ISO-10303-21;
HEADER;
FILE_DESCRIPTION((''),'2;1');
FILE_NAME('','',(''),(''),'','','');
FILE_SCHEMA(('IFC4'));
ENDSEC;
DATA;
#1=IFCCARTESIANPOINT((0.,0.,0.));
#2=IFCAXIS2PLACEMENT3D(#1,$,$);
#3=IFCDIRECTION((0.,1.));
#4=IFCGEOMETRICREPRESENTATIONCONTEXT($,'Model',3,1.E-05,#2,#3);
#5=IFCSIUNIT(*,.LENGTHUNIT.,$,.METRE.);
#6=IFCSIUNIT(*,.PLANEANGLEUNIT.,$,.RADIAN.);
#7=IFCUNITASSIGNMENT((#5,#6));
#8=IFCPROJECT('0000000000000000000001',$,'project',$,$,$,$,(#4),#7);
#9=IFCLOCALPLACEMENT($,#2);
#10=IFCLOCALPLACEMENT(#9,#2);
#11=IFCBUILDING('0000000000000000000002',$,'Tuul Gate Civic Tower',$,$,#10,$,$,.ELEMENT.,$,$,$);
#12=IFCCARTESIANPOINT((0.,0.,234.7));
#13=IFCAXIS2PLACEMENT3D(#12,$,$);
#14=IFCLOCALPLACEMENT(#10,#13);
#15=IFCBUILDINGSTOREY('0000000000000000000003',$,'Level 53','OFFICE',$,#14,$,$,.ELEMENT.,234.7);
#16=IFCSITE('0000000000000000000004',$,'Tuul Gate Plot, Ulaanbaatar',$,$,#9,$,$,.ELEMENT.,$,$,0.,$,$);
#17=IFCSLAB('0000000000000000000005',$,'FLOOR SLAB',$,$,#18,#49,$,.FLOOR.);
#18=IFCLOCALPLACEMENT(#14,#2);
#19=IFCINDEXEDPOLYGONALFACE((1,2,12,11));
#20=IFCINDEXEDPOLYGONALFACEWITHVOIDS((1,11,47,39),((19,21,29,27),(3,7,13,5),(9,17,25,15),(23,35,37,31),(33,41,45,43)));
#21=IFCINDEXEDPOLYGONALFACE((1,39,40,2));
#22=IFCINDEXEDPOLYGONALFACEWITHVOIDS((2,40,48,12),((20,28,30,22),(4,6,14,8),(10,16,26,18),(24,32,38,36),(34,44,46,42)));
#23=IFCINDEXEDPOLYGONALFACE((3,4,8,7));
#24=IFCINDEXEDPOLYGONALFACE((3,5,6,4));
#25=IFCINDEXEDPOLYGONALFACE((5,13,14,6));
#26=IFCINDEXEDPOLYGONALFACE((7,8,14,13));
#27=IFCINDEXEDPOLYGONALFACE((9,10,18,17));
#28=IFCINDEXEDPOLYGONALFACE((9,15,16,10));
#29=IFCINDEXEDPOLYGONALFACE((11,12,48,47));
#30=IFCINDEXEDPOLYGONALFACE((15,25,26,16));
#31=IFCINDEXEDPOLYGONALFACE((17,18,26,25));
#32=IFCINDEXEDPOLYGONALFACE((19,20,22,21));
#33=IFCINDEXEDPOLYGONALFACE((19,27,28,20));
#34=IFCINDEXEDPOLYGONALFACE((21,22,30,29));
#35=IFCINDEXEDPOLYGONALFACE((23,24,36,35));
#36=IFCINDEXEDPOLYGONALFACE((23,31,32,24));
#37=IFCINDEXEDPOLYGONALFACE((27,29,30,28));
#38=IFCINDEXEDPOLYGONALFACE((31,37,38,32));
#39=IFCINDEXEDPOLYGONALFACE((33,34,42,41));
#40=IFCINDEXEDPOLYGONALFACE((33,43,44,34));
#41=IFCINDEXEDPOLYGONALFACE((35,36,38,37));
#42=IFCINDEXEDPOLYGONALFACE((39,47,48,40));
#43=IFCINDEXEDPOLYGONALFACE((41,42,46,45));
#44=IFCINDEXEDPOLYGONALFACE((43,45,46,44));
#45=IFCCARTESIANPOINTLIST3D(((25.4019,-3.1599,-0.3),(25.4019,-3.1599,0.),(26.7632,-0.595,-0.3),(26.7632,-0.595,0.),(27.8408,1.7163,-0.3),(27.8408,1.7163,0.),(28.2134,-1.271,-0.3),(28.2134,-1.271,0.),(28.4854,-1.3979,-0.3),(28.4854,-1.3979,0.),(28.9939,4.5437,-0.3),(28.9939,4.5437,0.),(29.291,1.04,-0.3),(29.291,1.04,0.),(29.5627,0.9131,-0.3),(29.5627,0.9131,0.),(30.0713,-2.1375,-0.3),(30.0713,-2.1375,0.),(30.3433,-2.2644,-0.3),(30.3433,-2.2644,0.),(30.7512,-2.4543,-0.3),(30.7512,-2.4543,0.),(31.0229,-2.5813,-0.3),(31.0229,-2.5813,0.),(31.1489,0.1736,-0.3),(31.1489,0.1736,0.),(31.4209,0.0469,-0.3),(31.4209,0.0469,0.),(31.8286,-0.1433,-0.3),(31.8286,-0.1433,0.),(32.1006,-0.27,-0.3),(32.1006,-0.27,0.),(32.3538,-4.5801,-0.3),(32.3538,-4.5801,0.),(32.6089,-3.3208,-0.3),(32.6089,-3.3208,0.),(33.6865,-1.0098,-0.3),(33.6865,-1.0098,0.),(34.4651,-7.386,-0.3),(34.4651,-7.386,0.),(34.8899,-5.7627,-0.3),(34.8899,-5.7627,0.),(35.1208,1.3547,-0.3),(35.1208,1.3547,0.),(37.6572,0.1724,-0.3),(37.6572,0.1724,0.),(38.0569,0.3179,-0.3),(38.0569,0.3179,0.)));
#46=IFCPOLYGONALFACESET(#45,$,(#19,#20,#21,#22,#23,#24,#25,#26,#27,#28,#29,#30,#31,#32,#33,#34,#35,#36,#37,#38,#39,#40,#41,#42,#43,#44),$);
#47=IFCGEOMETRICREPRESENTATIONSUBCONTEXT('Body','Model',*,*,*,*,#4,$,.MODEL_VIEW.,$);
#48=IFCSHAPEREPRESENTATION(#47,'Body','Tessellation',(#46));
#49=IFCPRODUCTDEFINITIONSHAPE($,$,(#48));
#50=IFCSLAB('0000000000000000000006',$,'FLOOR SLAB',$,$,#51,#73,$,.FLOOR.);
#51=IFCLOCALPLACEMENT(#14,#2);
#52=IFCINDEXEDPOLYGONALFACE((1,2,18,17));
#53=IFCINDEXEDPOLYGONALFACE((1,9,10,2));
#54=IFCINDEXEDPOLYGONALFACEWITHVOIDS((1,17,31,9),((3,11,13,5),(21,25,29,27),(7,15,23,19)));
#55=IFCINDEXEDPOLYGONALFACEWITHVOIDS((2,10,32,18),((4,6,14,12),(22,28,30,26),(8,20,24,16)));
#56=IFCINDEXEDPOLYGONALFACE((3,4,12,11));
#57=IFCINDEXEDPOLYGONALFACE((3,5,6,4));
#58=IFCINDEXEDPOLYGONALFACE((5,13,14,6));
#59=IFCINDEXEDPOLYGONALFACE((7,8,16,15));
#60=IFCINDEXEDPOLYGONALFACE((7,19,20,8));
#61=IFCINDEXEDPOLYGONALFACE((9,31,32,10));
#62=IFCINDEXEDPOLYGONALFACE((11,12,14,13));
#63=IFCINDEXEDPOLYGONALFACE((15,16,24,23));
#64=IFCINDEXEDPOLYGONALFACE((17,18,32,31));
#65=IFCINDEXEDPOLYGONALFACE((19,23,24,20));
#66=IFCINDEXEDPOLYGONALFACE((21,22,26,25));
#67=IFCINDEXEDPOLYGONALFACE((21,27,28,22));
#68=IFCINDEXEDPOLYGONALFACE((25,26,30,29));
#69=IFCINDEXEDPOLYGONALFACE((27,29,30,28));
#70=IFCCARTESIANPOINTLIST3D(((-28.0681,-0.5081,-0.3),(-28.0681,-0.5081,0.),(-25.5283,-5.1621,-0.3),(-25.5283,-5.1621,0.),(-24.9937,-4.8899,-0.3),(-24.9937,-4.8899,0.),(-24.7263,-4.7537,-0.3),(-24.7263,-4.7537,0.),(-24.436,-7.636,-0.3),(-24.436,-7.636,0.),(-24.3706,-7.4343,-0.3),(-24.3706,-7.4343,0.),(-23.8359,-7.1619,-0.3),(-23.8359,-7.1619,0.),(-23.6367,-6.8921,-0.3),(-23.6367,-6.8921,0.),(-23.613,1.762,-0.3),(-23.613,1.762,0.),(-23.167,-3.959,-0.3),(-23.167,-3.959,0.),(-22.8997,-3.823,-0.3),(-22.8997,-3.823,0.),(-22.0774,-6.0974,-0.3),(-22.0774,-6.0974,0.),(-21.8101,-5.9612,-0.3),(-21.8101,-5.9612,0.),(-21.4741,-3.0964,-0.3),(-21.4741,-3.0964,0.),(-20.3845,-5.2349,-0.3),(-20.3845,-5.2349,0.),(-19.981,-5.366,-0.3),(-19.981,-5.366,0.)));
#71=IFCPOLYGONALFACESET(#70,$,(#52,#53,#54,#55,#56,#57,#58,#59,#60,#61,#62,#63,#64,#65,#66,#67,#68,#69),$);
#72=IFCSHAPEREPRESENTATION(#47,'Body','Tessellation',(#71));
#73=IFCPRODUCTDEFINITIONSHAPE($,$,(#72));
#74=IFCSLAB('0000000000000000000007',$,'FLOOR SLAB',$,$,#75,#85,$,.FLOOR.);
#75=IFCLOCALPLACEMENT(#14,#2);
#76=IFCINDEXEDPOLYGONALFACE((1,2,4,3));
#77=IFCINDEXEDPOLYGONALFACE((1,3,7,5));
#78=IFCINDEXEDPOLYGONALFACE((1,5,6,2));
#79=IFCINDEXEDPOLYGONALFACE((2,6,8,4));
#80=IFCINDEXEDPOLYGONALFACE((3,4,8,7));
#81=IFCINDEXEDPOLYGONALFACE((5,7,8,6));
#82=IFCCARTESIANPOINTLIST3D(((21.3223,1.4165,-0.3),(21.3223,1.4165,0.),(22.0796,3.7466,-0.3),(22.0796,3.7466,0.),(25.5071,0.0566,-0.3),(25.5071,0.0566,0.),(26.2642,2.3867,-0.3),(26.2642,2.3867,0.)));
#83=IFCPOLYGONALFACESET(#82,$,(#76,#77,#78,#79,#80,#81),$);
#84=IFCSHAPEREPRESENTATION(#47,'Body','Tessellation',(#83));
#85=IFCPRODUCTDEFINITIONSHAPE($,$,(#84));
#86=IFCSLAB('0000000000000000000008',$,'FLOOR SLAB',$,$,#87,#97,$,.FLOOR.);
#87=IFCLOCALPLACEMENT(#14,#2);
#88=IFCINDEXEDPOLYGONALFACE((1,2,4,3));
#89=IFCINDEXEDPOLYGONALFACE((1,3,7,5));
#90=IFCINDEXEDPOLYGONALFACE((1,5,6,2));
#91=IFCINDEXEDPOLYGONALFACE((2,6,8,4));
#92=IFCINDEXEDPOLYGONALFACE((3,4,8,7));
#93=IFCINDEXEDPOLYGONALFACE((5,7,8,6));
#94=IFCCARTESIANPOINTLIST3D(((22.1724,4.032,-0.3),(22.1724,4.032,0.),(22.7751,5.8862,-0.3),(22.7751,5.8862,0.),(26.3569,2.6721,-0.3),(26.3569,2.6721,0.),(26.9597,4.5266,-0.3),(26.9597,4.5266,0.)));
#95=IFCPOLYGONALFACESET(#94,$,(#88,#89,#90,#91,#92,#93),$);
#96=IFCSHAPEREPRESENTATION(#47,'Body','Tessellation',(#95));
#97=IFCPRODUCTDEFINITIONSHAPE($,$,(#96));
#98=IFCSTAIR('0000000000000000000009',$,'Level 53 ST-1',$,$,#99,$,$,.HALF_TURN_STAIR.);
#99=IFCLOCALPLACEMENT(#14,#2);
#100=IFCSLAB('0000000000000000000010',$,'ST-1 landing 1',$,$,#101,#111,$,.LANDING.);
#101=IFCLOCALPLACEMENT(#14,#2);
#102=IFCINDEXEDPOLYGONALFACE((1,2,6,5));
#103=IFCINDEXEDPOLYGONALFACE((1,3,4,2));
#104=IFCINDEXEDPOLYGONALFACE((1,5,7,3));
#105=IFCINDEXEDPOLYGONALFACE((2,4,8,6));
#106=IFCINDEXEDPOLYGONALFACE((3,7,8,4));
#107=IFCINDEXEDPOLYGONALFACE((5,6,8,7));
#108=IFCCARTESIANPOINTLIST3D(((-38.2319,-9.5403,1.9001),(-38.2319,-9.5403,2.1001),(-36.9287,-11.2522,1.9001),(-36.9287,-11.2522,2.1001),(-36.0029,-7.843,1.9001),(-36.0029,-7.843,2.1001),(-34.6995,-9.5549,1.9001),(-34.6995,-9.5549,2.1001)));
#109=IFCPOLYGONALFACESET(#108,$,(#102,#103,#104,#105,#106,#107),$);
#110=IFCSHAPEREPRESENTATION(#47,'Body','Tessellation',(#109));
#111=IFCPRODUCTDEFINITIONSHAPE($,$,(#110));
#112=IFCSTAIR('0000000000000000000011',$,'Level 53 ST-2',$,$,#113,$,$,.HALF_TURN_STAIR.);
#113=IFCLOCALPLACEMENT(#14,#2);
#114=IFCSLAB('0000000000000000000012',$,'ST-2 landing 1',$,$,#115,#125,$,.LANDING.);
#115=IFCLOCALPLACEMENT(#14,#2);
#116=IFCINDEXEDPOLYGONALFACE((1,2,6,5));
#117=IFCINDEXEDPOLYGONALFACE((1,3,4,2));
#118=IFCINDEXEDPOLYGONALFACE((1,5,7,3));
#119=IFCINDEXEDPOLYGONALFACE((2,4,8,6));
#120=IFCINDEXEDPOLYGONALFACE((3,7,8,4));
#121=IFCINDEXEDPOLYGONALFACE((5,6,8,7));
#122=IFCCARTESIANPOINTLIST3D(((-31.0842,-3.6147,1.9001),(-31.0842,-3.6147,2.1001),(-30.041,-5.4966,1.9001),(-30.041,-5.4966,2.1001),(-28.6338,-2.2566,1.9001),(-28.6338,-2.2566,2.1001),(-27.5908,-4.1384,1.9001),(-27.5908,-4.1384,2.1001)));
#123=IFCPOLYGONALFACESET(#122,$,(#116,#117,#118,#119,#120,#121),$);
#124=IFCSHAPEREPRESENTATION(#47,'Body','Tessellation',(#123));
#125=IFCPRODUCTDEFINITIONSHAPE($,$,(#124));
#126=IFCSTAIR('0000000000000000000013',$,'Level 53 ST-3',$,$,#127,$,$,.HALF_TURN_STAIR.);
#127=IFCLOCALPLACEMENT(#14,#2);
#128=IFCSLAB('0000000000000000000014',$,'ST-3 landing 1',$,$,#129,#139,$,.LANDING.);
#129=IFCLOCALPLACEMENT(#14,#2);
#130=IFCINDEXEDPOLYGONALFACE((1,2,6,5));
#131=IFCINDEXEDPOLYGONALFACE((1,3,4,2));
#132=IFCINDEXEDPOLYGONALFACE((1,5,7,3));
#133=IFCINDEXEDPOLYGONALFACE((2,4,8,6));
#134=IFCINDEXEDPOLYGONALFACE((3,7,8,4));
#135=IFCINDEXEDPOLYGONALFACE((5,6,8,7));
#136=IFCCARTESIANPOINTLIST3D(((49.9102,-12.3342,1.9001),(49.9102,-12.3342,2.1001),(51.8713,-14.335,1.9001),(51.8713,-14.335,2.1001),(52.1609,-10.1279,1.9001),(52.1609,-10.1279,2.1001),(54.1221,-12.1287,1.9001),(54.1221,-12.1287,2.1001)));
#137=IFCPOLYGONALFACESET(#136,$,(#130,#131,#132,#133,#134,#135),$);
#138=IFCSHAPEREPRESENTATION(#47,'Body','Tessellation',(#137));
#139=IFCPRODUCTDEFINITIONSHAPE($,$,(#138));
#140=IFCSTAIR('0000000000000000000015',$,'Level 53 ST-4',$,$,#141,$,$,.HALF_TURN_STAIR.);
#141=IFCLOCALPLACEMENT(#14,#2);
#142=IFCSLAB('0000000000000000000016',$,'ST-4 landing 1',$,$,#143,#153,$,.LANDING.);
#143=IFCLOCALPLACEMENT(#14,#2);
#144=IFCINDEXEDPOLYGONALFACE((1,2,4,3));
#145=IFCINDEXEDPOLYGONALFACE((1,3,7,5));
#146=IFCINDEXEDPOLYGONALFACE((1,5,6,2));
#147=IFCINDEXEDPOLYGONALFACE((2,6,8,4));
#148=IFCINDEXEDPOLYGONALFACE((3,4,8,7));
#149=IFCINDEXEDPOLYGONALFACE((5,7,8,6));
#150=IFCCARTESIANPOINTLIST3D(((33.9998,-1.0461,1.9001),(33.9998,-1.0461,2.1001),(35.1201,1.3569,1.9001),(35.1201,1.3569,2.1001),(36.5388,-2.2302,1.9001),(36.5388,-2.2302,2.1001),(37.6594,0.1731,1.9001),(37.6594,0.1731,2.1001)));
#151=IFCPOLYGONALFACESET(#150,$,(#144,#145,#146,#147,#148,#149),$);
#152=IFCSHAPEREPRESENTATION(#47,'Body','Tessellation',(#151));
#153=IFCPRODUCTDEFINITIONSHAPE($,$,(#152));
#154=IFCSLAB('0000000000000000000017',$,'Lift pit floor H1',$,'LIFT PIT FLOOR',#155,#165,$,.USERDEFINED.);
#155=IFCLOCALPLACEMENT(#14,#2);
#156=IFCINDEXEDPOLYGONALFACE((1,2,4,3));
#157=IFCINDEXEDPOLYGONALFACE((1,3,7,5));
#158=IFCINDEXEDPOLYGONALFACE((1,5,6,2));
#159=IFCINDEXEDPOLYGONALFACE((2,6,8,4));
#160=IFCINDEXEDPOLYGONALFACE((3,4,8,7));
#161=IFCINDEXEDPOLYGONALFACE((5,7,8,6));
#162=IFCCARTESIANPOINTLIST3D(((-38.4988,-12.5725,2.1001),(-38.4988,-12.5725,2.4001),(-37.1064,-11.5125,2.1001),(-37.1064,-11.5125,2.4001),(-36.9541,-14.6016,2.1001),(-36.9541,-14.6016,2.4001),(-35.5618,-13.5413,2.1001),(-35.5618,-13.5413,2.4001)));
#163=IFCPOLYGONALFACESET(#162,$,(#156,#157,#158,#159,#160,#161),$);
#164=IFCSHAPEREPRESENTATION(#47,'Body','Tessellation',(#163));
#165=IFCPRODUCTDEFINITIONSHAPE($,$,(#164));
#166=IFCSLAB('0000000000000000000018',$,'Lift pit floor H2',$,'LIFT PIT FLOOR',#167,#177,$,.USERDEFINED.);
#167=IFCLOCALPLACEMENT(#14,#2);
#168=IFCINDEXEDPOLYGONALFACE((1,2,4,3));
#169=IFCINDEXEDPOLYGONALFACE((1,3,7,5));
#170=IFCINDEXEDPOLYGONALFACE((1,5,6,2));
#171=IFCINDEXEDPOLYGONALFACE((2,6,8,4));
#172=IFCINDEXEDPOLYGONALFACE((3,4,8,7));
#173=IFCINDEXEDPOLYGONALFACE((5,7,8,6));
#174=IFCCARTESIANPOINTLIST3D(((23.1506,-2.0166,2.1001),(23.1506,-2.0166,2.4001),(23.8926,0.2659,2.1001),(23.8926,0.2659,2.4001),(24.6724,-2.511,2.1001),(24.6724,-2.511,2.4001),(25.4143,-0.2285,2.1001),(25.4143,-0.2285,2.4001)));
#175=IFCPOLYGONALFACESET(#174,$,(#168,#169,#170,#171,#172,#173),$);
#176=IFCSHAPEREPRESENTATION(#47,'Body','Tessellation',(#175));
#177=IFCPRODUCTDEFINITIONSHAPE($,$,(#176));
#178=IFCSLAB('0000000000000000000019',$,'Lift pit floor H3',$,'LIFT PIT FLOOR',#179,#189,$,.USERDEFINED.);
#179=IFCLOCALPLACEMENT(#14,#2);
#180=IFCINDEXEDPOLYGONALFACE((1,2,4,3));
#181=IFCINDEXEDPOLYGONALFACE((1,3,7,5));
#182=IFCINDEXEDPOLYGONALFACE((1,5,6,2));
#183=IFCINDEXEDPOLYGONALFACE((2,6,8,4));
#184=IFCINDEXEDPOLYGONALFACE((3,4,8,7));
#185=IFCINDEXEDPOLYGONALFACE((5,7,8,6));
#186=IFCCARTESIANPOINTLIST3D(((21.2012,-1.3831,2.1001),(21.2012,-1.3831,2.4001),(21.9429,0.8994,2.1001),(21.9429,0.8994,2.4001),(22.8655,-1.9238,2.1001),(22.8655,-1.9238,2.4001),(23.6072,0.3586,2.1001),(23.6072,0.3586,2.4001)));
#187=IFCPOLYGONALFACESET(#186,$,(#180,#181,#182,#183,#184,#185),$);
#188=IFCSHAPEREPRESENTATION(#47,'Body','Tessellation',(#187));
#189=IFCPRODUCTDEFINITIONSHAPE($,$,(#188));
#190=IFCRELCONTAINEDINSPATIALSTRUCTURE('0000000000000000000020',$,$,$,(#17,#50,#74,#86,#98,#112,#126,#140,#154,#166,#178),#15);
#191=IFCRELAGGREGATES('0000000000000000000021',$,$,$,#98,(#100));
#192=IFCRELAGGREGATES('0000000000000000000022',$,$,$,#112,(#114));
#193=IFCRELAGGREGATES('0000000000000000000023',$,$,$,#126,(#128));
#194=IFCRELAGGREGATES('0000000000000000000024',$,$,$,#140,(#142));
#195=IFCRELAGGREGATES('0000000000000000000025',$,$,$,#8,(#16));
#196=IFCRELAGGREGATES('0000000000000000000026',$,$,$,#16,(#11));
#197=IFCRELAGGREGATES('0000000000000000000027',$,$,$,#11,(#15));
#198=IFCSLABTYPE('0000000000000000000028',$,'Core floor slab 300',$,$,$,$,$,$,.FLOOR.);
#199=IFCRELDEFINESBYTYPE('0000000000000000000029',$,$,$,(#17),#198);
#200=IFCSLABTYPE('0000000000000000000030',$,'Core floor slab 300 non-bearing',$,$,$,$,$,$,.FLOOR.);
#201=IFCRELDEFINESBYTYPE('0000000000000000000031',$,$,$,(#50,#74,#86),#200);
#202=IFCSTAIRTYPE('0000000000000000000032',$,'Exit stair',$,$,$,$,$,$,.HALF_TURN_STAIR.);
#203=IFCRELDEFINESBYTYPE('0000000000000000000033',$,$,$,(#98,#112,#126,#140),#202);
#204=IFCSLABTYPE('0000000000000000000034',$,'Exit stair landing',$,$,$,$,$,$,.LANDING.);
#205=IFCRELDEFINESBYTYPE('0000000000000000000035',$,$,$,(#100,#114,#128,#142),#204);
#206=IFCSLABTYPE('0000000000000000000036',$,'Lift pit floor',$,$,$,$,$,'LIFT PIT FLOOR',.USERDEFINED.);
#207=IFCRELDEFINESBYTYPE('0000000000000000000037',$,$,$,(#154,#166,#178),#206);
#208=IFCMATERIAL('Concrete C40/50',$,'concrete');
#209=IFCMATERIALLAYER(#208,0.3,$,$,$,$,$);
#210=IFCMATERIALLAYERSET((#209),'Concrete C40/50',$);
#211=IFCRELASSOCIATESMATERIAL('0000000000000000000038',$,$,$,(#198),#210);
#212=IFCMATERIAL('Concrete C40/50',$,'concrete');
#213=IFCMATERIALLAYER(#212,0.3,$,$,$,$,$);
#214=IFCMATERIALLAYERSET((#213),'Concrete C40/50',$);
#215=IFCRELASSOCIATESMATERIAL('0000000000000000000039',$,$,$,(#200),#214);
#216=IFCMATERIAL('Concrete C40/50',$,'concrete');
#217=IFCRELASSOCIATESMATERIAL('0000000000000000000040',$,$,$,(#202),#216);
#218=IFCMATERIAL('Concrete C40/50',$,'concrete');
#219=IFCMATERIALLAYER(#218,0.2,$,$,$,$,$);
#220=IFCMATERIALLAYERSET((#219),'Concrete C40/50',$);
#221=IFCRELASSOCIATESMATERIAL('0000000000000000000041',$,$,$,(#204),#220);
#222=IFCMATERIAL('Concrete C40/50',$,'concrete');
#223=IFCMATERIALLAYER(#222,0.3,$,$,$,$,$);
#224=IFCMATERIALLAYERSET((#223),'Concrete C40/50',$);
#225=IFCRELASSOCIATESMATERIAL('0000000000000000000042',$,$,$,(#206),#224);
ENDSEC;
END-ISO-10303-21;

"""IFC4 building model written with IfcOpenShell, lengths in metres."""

from ifc_helpers import new_model, si_unit, direction, frame, origin, place, context, subcontext, project, spatial, polyline, outline, extrude, material, layer, layer_set, type_object, element, aggregate, save


model = new_model("IFC4")

# Units and contexts
model_context = context("Model", 3, precision=1e-05, world=origin(), true_north=direction((0.0, 1.0)))
body_context = subcontext(model_context, "Body", "Model", "MODEL_VIEW")
ifc_project = project(units=[si_unit("LENGTHUNIT", "METRE"), si_unit("PLANEANGLEUNIT", "RADIAN")], contexts=[model_context])

# Site, building, storey
site_placement = place(None, origin())
site = spatial("IfcSite", under=ifc_project, at=site_placement, Name="Tuul Gate Plot, Ulaanbaatar", CompositionType="ELEMENT", RefElevation=0.0)
building_placement = place(site_placement, origin())
building = spatial("IfcBuilding", under=site, at=building_placement, Name="Tuul Gate Civic Tower", CompositionType="ELEMENT")
storey_placement = place(building_placement, frame((0.0, 0.0, 234.7)))
storey = spatial("IfcBuildingStorey", under=building, at=storey_placement, Name="Level 53", Description="OFFICE", CompositionType="ELEMENT", Elevation=234.7)

# Slabs
ifc_material_1 = material(Name="Concrete C40/50", Category="concrete")
ifc_layer_1 = layer(ifc_material_1, 0.3)
ifc_layer_set_1 = layer_set([ifc_layer_1], Name="Concrete C40/50")
slab_type_1 = type_object("IfcSlabType", Name="Core floor slab 300", PredefinedType="FLOOR", material=ifc_layer_set_1)
slab_1_placement = place(storey_placement, frame((0.0, 0.0, -0.3)))
element("IfcSlab", 1, at=slab_1_placement, inside=storey, type_object=slab_type_1, Name="FLOOR SLAB", PredefinedType="FLOOR", context=body_context, shape_type="SweptSolid", body=[
    extrude(outline(polyline([(34.4651, -7.386), (38.0569, 0.3179), (28.9939, 4.5437), (25.4019, -3.1599), (34.4651, -7.386)]), holes=[polyline([(32.6089, -3.3208), (33.6865, -1.0098), (32.1006, -0.27), (31.0229, -2.5813), (32.6089, -3.3208)]), polyline([(30.0713, -2.1375), (31.1489, 0.1736), (29.5627, 0.9131), (28.4854, -1.3979), (30.0713, -2.1375)]), polyline([(30.7512, -2.4543), (31.8286, -0.1433), (31.4209, 0.0469), (30.3433, -2.2644), (30.7512, -2.4543)]), polyline([(28.2134, -1.271), (29.291, 1.04), (27.8408, 1.7163), (26.7632, -0.595), (28.2134, -1.271)]), polyline([(34.8899, -5.7627), (32.3538, -4.5801), (35.1208, 1.3547), (37.6572, 0.1724), (34.8899, -5.7627)])]), origin(), (0.0, 0.0, 1.0), 0.3),
])
ifc_material_2 = material(Name="Concrete C40/50", Category="concrete")
ifc_layer_2 = layer(ifc_material_2, 0.3)
ifc_layer_set_2 = layer_set([ifc_layer_2], Name="Concrete C40/50")
slab_type_2 = type_object("IfcSlabType", Name="Core floor slab 300 non-bearing", PredefinedType="FLOOR", material=ifc_layer_set_2)
slab_2_placement = place(storey_placement, frame((0.0, 0.0, -0.3)))
element("IfcSlab", 2, at=slab_2_placement, inside=storey, type_object=slab_type_2, Name="FLOOR SLAB", PredefinedType="FLOOR", context=body_context, shape_type="SweptSolid", body=[
    extrude(outline(polyline([(-19.981, -5.366), (-23.613, 1.762), (-28.0681, -0.5081), (-24.436, -7.636), (-19.981, -5.366)]), holes=[polyline([(-20.3845, -5.2349), (-21.4741, -3.0964), (-22.8997, -3.823), (-21.8101, -5.9612), (-20.3845, -5.2349)]), polyline([(-22.0774, -6.0974), (-23.167, -3.959), (-24.7263, -4.7537), (-23.6367, -6.8921), (-22.0774, -6.0974)]), polyline([(-23.8359, -7.1619), (-24.9937, -4.8899), (-25.5283, -5.1621), (-24.3706, -7.4343), (-23.8359, -7.1619)])]), origin(), (0.0, 0.0, 1.0), 0.3),
])
slab_3_placement = place(storey_placement, frame((0.0, 0.0, -0.3)))
element("IfcSlab", 3, at=slab_3_placement, inside=storey, type_object=slab_type_2, Name="FLOOR SLAB", PredefinedType="FLOOR", context=body_context, shape_type="SweptSolid", body=[
    extrude(outline(polyline([(21.3223, 1.4165), (22.0796, 3.7466), (26.2642, 2.3867), (25.5071, 0.0566), (21.3223, 1.4165)])), origin(), (0.0, 0.0, 1.0), 0.3),
])
slab_4_placement = place(storey_placement, frame((0.0, 0.0, -0.3)))
element("IfcSlab", 4, at=slab_4_placement, inside=storey, type_object=slab_type_2, Name="FLOOR SLAB", PredefinedType="FLOOR", context=body_context, shape_type="SweptSolid", body=[
    extrude(outline(polyline([(26.3569, 2.6721), (22.1724, 4.032), (22.7751, 5.8862), (26.9597, 4.5266), (26.3569, 2.6721)])), origin(), (0.0, 0.0, 1.0), 0.3),
])

# Stairs, slabs
ifc_material_3 = material(Name="Concrete C40/50", Category="concrete")
stair_type = type_object("IfcStairType", Name="Exit stair", PredefinedType="HALF_TURN_STAIR", material=ifc_material_3)
stair_1_placement = place(storey_placement, origin())
stair_1 = element("IfcStair", 5, at=stair_1_placement, inside=storey, type_object=stair_type, Name="Level 53 ST-1", PredefinedType="HALF_TURN_STAIR")
ifc_material_4 = material(Name="Concrete C40/50", Category="concrete")
ifc_layer_3 = layer(ifc_material_4, 0.2)
ifc_layer_set_3 = layer_set([ifc_layer_3], Name="Concrete C40/50")
slab_type_3 = type_object("IfcSlabType", Name="Exit stair landing", PredefinedType="LANDING", material=ifc_layer_set_3)
slab_5_placement = place(storey_placement, frame((0.0, 0.0, 1.9001)))
slab_5 = element("IfcSlab", 6, at=slab_5_placement, type_object=slab_type_3, Name="ST-1 landing 1", PredefinedType="LANDING", context=body_context, shape_type="SweptSolid", body=[
    extrude(outline(polyline([(-34.6995, -9.5549), (-36.9287, -11.2522), (-38.2319, -9.5403), (-36.0029, -7.843), (-34.6995, -9.5549)])), origin(), (0.0, 0.0, 1.0), 0.2),
])
aggregate(stair_1, [slab_5])
stair_2_placement = place(storey_placement, origin())
stair_2 = element("IfcStair", 7, at=stair_2_placement, inside=storey, type_object=stair_type, Name="Level 53 ST-2", PredefinedType="HALF_TURN_STAIR")
slab_6_placement = place(storey_placement, frame((0.0, 0.0, 1.9001)))
slab_6 = element("IfcSlab", 8, at=slab_6_placement, type_object=slab_type_3, Name="ST-2 landing 1", PredefinedType="LANDING", context=body_context, shape_type="SweptSolid", body=[
    extrude(outline(polyline([(-27.5908, -4.1384), (-30.041, -5.4966), (-31.0842, -3.6147), (-28.6338, -2.2566), (-27.5908, -4.1384)])), origin(), (0.0, 0.0, 1.0), 0.2),
])
aggregate(stair_2, [slab_6])
stair_3_placement = place(storey_placement, origin())
stair_3 = element("IfcStair", 9, at=stair_3_placement, inside=storey, type_object=stair_type, Name="Level 53 ST-3", PredefinedType="HALF_TURN_STAIR")
slab_7_placement = place(storey_placement, frame((0.0, 0.0, 1.9001)))
slab_7 = element("IfcSlab", 10, at=slab_7_placement, type_object=slab_type_3, Name="ST-3 landing 1", PredefinedType="LANDING", context=body_context, shape_type="SweptSolid", body=[
    extrude(outline(polyline([(51.8713, -14.335), (49.9102, -12.3342), (52.1609, -10.1279), (54.1221, -12.1287), (51.8713, -14.335)])), origin(), (0.0, 0.0, 1.0), 0.2),
])
aggregate(stair_3, [slab_7])
stair_4_placement = place(storey_placement, origin())
stair_4 = element("IfcStair", 11, at=stair_4_placement, inside=storey, type_object=stair_type, Name="Level 53 ST-4", PredefinedType="HALF_TURN_STAIR")
slab_8_placement = place(storey_placement, frame((0.0, 0.0, 1.9001)))
slab_8 = element("IfcSlab", 12, at=slab_8_placement, type_object=slab_type_3, Name="ST-4 landing 1", PredefinedType="LANDING", context=body_context, shape_type="SweptSolid", body=[
    extrude(outline(polyline([(36.5388, -2.2302), (33.9998, -1.0461), (35.1201, 1.3569), (37.6594, 0.1731), (36.5388, -2.2302)])), origin(), (0.0, 0.0, 1.0), 0.2),
])
aggregate(stair_4, [slab_8])

# Slabs
ifc_material_5 = material(Name="Concrete C40/50", Category="concrete")
ifc_layer_4 = layer(ifc_material_5, 0.3)
ifc_layer_set_4 = layer_set([ifc_layer_4], Name="Concrete C40/50")
slab_type_4 = type_object("IfcSlabType", Name="Lift pit floor", ElementType="LIFT PIT FLOOR", PredefinedType="USERDEFINED", material=ifc_layer_set_4)
slab_9_placement = place(storey_placement, frame((0.0, 0.0, 2.1001)))
element("IfcSlab", 13, at=slab_9_placement, inside=storey, type_object=slab_type_4, Name="Lift pit floor H1", ObjectType="LIFT PIT FLOOR", PredefinedType="USERDEFINED", context=body_context, shape_type="SweptSolid", body=[
    extrude(outline(polyline([(-35.5618, -13.5413), (-37.1064, -11.5125), (-38.4988, -12.5725), (-36.9541, -14.6016), (-35.5618, -13.5413)])), origin(), (0.0, 0.0, 1.0), 0.3),
])
slab_10_placement = place(storey_placement, frame((0.0, 0.0, 2.1001)))
element("IfcSlab", 14, at=slab_10_placement, inside=storey, type_object=slab_type_4, Name="Lift pit floor H2", ObjectType="LIFT PIT FLOOR", PredefinedType="USERDEFINED", context=body_context, shape_type="SweptSolid", body=[
    extrude(outline(polyline([(24.6724, -2.511), (25.4143, -0.2285), (23.8926, 0.2659), (23.1506, -2.0166), (24.6724, -2.511)])), origin(), (0.0, 0.0, 1.0), 0.3),
])
slab_11_placement = place(storey_placement, frame((0.0, 0.0, 2.1001)))
element("IfcSlab", 15, at=slab_11_placement, inside=storey, type_object=slab_type_4, Name="Lift pit floor H3", ObjectType="LIFT PIT FLOOR", PredefinedType="USERDEFINED", context=body_context, shape_type="SweptSolid", body=[
    extrude(outline(polyline([(22.8655, -1.9238), (23.6072, 0.3586), (21.9429, 0.8994), (21.2012, -1.3831), (22.8655, -1.9238)])), origin(), (0.0, 0.0, 1.0), 0.3),
])

save(model, "model.ifc")
